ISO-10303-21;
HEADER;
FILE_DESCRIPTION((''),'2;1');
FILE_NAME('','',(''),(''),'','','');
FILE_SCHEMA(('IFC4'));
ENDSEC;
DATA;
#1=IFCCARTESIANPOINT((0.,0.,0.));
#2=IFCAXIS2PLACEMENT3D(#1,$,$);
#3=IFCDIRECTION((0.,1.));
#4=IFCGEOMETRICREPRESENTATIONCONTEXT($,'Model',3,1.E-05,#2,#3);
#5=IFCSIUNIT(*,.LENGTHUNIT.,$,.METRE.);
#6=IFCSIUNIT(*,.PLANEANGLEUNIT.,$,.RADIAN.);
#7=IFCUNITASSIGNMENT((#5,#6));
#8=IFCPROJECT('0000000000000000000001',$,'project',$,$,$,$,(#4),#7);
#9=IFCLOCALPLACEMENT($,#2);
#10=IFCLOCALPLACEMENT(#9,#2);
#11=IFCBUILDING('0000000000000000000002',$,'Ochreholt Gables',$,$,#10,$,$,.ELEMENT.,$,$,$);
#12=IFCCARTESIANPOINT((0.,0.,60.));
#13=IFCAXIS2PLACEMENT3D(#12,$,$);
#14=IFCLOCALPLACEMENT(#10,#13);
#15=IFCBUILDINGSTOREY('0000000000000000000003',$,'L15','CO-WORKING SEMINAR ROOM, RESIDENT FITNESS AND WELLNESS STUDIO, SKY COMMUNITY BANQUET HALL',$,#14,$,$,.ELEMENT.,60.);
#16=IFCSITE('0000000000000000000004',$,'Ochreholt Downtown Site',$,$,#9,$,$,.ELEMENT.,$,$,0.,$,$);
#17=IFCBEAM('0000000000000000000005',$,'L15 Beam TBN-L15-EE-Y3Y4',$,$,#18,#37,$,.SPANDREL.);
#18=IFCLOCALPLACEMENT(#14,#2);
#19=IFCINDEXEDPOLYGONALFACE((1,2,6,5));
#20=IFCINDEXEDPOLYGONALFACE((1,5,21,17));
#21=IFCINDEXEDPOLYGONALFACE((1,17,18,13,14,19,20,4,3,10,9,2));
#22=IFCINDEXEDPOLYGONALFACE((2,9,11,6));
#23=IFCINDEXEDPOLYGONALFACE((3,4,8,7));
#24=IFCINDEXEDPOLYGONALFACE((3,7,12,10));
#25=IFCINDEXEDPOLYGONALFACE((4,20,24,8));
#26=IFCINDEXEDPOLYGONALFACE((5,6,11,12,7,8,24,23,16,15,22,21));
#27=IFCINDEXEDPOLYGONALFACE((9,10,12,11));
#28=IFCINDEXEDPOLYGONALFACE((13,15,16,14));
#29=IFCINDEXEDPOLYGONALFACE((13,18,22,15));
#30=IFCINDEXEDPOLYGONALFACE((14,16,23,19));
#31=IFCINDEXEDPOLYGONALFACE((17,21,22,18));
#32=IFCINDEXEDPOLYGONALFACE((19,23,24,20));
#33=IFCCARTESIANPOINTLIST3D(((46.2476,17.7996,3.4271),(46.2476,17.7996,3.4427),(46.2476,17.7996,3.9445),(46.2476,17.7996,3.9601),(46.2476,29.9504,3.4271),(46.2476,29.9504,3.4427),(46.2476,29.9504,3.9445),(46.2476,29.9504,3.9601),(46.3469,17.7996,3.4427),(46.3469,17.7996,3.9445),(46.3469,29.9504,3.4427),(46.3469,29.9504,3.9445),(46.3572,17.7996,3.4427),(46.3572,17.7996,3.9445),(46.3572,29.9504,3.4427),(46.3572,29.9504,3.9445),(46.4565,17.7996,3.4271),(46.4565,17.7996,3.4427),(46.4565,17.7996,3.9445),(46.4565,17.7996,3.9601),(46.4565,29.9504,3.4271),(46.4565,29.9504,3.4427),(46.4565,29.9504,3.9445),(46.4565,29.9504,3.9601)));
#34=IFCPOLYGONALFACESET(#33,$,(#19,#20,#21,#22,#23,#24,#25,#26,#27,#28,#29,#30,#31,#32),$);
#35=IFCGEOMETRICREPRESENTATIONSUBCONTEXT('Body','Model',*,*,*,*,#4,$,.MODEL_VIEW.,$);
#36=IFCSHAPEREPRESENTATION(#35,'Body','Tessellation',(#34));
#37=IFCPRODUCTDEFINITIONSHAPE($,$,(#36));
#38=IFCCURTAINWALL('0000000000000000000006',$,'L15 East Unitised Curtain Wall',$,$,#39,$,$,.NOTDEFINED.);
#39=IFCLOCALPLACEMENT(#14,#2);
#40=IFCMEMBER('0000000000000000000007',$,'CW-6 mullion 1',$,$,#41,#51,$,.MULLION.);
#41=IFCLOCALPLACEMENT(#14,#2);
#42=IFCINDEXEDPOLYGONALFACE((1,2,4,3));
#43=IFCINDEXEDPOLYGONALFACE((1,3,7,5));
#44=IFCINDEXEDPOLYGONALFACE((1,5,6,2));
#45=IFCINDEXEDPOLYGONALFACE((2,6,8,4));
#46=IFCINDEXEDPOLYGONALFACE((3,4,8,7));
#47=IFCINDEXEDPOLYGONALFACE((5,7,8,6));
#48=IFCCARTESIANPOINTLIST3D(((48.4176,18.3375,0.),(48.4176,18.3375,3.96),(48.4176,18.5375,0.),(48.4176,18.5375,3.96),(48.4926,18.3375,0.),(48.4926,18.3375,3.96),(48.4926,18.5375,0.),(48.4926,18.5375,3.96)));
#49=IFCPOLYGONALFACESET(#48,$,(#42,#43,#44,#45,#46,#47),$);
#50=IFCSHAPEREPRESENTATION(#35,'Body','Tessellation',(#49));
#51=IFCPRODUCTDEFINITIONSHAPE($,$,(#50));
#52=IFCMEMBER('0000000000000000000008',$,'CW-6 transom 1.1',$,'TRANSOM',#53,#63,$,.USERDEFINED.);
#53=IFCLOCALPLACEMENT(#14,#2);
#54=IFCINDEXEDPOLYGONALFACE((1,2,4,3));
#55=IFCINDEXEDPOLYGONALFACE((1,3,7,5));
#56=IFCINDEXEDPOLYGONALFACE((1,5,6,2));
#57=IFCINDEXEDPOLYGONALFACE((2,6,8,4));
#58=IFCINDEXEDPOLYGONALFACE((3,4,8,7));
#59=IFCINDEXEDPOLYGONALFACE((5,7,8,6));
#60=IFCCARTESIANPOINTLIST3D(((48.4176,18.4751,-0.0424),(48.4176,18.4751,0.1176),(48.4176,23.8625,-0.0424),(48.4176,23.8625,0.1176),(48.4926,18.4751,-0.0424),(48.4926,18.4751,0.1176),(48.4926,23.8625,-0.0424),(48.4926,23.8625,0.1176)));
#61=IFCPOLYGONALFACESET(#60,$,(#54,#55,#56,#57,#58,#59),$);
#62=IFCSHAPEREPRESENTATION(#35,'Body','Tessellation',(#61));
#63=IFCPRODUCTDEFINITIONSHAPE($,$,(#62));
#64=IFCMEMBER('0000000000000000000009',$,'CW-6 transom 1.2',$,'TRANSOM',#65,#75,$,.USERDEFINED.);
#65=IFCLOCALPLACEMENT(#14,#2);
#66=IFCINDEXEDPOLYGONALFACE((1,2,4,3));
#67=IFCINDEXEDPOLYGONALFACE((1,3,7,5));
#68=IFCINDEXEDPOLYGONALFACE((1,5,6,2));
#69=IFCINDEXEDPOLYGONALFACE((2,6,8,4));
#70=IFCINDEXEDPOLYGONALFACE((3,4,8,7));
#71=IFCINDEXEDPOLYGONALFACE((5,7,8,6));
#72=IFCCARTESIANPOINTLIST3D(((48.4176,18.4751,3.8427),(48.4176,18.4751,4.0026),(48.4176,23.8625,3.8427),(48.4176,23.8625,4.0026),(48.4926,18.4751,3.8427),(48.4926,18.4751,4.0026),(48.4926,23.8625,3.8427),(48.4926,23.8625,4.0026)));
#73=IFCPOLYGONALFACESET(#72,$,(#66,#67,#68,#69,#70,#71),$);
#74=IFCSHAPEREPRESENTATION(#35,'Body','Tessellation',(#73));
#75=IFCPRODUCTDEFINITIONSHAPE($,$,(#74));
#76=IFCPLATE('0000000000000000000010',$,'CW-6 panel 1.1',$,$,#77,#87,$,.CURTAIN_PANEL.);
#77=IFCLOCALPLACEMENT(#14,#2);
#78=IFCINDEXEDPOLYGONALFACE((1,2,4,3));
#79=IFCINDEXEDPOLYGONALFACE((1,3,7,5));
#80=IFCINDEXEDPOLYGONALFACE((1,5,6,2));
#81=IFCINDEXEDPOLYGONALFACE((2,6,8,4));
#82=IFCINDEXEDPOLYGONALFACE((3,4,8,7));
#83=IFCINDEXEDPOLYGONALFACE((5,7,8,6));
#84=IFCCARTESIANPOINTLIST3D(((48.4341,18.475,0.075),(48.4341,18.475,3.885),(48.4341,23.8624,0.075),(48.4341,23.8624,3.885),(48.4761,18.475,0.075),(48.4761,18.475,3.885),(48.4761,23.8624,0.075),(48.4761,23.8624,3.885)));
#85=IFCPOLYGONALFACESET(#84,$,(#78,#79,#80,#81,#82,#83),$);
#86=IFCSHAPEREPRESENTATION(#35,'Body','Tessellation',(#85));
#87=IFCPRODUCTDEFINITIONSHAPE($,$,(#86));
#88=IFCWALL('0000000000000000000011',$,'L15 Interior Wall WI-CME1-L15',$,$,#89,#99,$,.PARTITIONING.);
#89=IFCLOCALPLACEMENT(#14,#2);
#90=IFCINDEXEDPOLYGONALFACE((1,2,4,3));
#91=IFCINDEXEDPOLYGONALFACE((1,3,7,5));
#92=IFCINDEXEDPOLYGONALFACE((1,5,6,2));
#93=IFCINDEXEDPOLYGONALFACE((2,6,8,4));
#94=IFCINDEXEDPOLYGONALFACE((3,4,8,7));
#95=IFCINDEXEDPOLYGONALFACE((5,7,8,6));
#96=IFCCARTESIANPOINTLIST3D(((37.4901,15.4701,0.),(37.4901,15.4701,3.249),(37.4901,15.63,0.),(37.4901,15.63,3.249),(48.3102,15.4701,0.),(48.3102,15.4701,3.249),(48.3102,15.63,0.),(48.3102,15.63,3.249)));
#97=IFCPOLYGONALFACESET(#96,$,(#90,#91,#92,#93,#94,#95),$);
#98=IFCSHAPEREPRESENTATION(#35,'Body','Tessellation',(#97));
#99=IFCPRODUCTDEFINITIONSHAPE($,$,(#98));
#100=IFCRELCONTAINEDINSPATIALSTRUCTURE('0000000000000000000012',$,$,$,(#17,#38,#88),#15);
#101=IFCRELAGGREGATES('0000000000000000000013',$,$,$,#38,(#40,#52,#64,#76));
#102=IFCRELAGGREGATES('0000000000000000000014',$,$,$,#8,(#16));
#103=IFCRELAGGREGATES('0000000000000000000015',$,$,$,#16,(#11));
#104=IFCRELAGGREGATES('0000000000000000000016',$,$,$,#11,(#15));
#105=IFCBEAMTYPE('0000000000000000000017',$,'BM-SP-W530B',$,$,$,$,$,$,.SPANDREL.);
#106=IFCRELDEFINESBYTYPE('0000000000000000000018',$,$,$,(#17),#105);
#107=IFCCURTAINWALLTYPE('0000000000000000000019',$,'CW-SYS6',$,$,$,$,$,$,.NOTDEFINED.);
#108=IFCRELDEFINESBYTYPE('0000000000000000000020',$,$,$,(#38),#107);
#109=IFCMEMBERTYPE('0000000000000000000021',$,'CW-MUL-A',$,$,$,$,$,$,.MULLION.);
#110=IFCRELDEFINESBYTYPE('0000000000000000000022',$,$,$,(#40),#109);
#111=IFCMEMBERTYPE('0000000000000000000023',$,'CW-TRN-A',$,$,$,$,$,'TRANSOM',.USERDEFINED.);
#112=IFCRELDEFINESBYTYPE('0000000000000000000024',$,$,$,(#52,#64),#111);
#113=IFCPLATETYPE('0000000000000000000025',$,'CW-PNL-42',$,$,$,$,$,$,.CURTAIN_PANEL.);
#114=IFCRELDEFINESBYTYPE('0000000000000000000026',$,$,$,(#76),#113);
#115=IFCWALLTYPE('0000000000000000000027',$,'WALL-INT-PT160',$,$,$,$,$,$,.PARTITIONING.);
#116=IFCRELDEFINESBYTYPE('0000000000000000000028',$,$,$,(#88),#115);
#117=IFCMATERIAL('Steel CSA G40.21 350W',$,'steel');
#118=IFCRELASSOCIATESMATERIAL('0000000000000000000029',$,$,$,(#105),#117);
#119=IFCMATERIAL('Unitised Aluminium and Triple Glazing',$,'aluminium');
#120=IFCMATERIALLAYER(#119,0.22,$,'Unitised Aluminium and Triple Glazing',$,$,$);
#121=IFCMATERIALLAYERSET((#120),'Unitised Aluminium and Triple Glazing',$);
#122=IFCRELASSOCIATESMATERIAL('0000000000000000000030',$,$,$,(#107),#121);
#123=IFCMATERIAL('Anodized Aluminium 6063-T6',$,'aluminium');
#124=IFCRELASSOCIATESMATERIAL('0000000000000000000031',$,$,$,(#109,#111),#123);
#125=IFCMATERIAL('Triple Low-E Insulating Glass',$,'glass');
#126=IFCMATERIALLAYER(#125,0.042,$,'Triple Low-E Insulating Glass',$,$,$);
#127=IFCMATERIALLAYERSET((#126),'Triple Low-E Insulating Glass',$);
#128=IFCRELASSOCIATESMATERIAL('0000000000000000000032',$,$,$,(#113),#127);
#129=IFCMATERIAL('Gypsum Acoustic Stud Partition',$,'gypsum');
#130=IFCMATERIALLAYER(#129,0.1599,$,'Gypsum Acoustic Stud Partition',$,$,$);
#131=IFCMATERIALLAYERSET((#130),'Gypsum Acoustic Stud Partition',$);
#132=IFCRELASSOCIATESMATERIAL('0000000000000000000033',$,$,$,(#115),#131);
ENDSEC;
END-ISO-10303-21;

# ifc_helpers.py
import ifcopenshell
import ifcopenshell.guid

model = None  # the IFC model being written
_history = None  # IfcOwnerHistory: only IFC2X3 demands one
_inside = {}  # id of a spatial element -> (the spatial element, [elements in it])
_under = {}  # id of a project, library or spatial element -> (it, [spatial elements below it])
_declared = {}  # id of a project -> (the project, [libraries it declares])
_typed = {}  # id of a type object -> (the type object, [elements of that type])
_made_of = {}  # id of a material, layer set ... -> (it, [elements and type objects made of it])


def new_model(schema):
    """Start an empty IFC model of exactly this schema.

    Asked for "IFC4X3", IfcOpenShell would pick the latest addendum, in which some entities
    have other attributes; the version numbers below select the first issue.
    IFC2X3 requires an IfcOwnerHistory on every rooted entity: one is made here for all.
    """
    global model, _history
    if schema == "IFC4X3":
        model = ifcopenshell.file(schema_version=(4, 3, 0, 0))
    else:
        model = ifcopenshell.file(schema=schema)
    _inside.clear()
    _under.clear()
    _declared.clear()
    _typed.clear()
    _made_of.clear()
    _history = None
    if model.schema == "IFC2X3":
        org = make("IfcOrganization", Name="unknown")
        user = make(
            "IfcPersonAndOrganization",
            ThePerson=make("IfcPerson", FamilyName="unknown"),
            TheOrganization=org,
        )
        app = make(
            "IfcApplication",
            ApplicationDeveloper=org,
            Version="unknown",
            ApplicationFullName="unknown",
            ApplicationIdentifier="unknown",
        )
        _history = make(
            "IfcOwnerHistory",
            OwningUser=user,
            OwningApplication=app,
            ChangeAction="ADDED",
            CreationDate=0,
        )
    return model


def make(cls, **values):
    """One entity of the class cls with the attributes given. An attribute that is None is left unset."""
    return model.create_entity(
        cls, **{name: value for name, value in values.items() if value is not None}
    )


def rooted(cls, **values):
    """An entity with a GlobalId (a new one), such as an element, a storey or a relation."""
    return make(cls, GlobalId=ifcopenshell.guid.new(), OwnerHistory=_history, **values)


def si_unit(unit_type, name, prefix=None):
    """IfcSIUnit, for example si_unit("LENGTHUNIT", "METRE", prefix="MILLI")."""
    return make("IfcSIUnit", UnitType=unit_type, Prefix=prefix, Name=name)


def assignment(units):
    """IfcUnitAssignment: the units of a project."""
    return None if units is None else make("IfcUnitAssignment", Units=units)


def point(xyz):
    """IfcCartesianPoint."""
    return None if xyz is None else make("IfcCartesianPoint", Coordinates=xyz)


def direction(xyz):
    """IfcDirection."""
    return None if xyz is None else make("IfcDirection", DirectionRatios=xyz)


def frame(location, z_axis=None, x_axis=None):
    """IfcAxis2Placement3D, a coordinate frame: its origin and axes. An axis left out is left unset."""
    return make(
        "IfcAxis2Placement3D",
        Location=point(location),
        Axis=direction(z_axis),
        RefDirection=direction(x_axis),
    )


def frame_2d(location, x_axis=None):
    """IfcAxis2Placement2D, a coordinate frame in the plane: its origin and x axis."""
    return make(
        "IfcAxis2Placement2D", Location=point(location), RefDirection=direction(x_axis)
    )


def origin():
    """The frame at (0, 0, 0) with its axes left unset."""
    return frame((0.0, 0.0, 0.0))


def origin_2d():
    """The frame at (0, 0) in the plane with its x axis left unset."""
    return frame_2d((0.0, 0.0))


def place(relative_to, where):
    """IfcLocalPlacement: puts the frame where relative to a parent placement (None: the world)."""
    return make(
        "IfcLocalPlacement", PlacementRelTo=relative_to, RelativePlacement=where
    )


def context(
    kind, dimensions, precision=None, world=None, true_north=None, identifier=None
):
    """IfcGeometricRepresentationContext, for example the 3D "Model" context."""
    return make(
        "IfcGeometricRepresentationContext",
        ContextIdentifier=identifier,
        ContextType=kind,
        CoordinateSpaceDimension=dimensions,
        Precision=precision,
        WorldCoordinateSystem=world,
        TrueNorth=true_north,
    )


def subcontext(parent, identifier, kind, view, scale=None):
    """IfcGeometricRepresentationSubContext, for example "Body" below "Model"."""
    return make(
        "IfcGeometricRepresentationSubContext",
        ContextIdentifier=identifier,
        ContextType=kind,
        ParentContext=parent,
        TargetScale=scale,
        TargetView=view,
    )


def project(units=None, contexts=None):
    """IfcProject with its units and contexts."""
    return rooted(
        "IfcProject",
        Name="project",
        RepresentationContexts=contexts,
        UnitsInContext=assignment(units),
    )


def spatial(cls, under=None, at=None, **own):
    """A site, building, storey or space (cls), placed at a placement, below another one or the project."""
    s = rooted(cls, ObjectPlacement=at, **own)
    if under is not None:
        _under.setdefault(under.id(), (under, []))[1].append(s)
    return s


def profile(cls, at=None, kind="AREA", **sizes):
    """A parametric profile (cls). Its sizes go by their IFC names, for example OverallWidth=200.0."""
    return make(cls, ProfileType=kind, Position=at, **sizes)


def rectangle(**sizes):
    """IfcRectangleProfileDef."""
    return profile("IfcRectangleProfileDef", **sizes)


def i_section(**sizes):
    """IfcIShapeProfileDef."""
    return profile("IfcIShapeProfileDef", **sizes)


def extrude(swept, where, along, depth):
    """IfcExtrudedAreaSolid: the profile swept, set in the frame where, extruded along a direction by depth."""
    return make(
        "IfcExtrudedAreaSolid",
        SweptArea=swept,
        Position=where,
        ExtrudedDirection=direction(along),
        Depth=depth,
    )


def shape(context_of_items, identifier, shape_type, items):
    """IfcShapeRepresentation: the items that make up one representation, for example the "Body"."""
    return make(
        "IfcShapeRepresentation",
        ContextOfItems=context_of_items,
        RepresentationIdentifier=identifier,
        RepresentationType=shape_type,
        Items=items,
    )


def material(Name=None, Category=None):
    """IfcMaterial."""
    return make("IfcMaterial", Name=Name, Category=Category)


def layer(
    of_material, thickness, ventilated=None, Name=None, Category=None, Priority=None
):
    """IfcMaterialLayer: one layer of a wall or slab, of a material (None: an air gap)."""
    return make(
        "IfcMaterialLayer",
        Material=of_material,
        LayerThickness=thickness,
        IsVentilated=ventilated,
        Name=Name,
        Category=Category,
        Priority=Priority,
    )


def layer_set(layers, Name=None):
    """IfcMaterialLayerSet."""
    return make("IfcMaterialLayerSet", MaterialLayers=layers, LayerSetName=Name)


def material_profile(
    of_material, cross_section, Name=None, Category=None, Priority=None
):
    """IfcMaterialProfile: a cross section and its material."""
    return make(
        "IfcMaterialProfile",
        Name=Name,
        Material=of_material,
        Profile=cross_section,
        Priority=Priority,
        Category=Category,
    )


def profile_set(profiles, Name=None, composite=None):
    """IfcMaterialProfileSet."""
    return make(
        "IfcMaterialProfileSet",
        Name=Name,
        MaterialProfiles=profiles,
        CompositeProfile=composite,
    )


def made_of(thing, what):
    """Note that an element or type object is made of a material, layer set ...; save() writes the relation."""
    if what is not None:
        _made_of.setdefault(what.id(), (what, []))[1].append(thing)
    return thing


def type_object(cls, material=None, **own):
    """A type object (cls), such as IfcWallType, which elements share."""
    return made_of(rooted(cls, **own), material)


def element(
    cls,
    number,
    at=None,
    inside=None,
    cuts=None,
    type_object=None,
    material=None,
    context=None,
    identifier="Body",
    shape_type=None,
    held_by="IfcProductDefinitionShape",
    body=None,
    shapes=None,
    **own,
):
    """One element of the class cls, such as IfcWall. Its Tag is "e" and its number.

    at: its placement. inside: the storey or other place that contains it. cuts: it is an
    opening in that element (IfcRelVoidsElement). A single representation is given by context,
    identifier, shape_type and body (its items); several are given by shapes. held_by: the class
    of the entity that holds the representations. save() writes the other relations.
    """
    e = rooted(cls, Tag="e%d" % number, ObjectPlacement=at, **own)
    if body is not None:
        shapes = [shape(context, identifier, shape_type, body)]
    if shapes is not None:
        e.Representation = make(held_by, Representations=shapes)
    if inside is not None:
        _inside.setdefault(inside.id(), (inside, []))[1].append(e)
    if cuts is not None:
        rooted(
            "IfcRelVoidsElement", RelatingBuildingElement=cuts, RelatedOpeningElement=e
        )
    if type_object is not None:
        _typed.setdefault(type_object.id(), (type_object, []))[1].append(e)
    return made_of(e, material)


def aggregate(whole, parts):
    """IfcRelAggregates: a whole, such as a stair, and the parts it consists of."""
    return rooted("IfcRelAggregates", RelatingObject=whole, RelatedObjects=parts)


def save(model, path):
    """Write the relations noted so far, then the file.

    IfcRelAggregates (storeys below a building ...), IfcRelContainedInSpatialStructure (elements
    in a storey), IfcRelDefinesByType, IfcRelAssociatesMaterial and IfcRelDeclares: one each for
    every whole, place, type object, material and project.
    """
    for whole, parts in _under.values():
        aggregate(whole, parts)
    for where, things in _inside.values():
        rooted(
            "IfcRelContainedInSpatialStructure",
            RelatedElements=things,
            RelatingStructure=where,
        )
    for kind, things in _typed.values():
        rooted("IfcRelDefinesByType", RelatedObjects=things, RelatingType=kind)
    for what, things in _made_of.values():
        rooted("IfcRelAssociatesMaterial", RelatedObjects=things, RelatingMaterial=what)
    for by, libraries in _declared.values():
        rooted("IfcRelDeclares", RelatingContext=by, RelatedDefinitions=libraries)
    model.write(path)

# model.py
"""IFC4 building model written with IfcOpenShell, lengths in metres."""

from ifc_helpers import new_model, si_unit, direction, frame, frame_2d, origin, origin_2d, place, context, subcontext, project, spatial, rectangle, i_section, extrude, material, layer, layer_set, material_profile, profile_set, type_object, element, aggregate, save


model = new_model("IFC4")

# Units and contexts
model_context = context("Model", 3, precision=1e-05, world=origin(), true_north=direction((0.0, 1.0)))
body_context = subcontext(model_context, "Body", "Model", "MODEL_VIEW")
ifc_project = project(units=[si_unit("LENGTHUNIT", "METRE"), si_unit("PLANEANGLEUNIT", "RADIAN")], contexts=[model_context])

# Site, building, storey
site_placement = place(None, origin())
site = spatial("IfcSite", under=ifc_project, at=site_placement, Name="Ochreholt Downtown Site", CompositionType="ELEMENT", RefElevation=0.0)
building_placement = place(site_placement, origin())
building = spatial("IfcBuilding", under=site, at=building_placement, Name="Ochreholt Gables", CompositionType="ELEMENT")
storey_placement = place(building_placement, frame((0.0, 0.0, 60.0)))
storey = spatial("IfcBuildingStorey", under=building, at=storey_placement, Name="L15", Description="CO-WORKING SEMINAR ROOM, RESIDENT FITNESS AND WELLNESS STUDIO, SKY COMMUNITY BANQUET HALL", CompositionType="ELEMENT", Elevation=60.0)

# Shared definitions
ifc_material_1 = material(Name="Steel CSA G40.21 350W", Category="steel")

# Beam
ifc_material_profile_1 = material_profile(ifc_material_1, i_section(OverallWidth=0.209, OverallDepth=0.533, WebThickness=0.0103, FlangeThickness=0.0156, at=origin_2d()), Name="W530X92")
ifc_profile_set_1 = profile_set([ifc_material_profile_1], Name="Steel CSA G40.21 350W")
beam_type_1 = type_object("IfcBeamType", Name="BM-SP-W530B", PredefinedType="SPANDREL", material=ifc_profile_set_1)
beam_1_placement = place(storey_placement, frame((46.3521, 17.7996, 3.6936), z_axis=(0.0, 1.0, 0.0), x_axis=(-1.0, 0.0, 0.0)))
element("IfcBeam", 1, at=beam_1_placement, inside=storey, type_object=beam_type_1, Name="L15 Beam TBN-L15-EE-Y3Y4", PredefinedType="SPANDREL", context=body_context, shape_type="SweptSolid", body=[
    extrude(i_section(OverallWidth=0.209, OverallDepth=0.533, WebThickness=0.0103, FlangeThickness=0.0156, at=origin_2d()), origin(), (0.0, 0.0, 1.0), 12.1509),
])

# Curtain wall, members, plate
ifc_material_2 = material(Name="Unitised Aluminium and Triple Glazing", Category="aluminium")
ifc_layer_1 = layer(ifc_material_2, 0.22, Name="Unitised Aluminium and Triple Glazing")
ifc_layer_set_1 = layer_set([ifc_layer_1], Name="Unitised Aluminium and Triple Glazing")
curtain_wall_type = type_object("IfcCurtainWallType", Name="CW-SYS6", PredefinedType="NOTDEFINED", material=ifc_layer_set_1)
curtain_wall_placement = place(storey_placement, origin())
curtain_wall = element("IfcCurtainWall", 2, at=curtain_wall_placement, inside=storey, type_object=curtain_wall_type, Name="L15 East Unitised Curtain Wall", PredefinedType="NOTDEFINED")
ifc_material_3 = material(Name="Anodized Aluminium 6063-T6", Category="aluminium")
ifc_material_profile_2 = material_profile(ifc_material_3, rectangle(XDim=0.075, YDim=0.2, at=origin_2d()), Name="CWM75X200")
ifc_profile_set_2 = profile_set([ifc_material_profile_2], Name="Anodized Aluminium 6063-T6")
member_type_1 = type_object("IfcMemberType", Name="CW-MUL-A", PredefinedType="MULLION", material=ifc_profile_set_2)
member_1_placement = place(storey_placement, frame((48.4551, 18.4375, 0.0), z_axis=(0.0, 0.0, 1.0), x_axis=(-1.0, 0.0, 0.0)))
member_1 = element("IfcMember", 3, at=member_1_placement, type_object=member_type_1, Name="CW-6 mullion 1", PredefinedType="MULLION", context=body_context, shape_type="SweptSolid", body=[
    extrude(rectangle(XDim=0.075, YDim=0.2, at=origin_2d()), origin(), (0.0, 0.0, 1.0), 3.96),
])
ifc_material_profile_3 = material_profile(ifc_material_3, rectangle(XDim=0.075, YDim=0.1599, at=origin_2d()), Name="CWT75X160")
ifc_profile_set_3 = profile_set([ifc_material_profile_3], Name="Anodized Aluminium 6063-T6")
member_type_2 = type_object("IfcMemberType", Name="CW-TRN-A", ElementType="TRANSOM", PredefinedType="USERDEFINED", material=ifc_profile_set_3)
member_2_placement = place(storey_placement, frame((48.4551, 18.4751, 0.0376), z_axis=(0.0, 1.0, 0.0), x_axis=(-1.0, 0.0, 0.0)))
member_2 = element("IfcMember", 4, at=member_2_placement, type_object=member_type_2, Name="CW-6 transom 1.1", ObjectType="TRANSOM", PredefinedType="USERDEFINED", context=body_context, shape_type="SweptSolid", body=[
    extrude(rectangle(XDim=0.075, YDim=0.1599, at=origin_2d()), origin(), (0.0, 0.0, 1.0), 5.3875),
])
member_3_placement = place(storey_placement, frame((48.4551, 18.4751, 3.9226), z_axis=(0.0, 1.0, 0.0), x_axis=(-1.0, 0.0, 0.0)))
member_3 = element("IfcMember", 5, at=member_3_placement, type_object=member_type_2, Name="CW-6 transom 1.2", ObjectType="TRANSOM", PredefinedType="USERDEFINED", context=body_context, shape_type="SweptSolid", body=[
    extrude(rectangle(XDim=0.075, YDim=0.1599, at=origin_2d()), origin(), (0.0, 0.0, 1.0), 5.3875),
])
ifc_material_4 = material(Name="Triple Low-E Insulating Glass", Category="glass")
ifc_layer_2 = layer(ifc_material_4, 0.042, Name="Triple Low-E Insulating Glass")
ifc_layer_set_2 = layer_set([ifc_layer_2], Name="Triple Low-E Insulating Glass")
plate_type = type_object("IfcPlateType", Name="CW-PNL-42", PredefinedType="CURTAIN_PANEL", material=ifc_layer_set_2)
plate_placement = place(storey_placement, frame((48.4551, 21.1687, 0.075), z_axis=(0.0, 0.0, 1.0), x_axis=(0.0, 1.0, 0.0)))
plate = element("IfcPlate", 6, at=plate_placement, type_object=plate_type, Name="CW-6 panel 1.1", PredefinedType="CURTAIN_PANEL", context=body_context, shape_type="SweptSolid", body=[
    extrude(rectangle(XDim=5.3875, YDim=0.042, at=origin_2d()), origin(), (0.0, 0.0, 1.0), 3.8101),
])
aggregate(curtain_wall, [member_1, member_2, member_3, plate])

# Wall
ifc_material_5 = material(Name="Gypsum Acoustic Stud Partition", Category="gypsum")
ifc_layer_3 = layer(ifc_material_5, 0.1599, Name="Gypsum Acoustic Stud Partition")
ifc_layer_set_3 = layer_set([ifc_layer_3], Name="Gypsum Acoustic Stud Partition")
wall_type = type_object("IfcWallType", Name="WALL-INT-PT160", PredefinedType="PARTITIONING", material=ifc_layer_set_3)
wall_placement = place(storey_placement, frame((37.49, 15.55, 0.0), z_axis=(0.0, 0.0, 1.0), x_axis=(1.0, 0.0, 0.0)))
element("IfcWall", 7, at=wall_placement, inside=storey, type_object=wall_type, Name="L15 Interior Wall WI-CME1-L15", PredefinedType="PARTITIONING", context=body_context, shape_type="SweptSolid", body=[
    extrude(rectangle(XDim=10.8201, YDim=0.1599, at=frame_2d((5.4102, 0.0))), origin(), (0.0, 0.0, 1.0), 3.249),
])

save(model, "model.ifc")
